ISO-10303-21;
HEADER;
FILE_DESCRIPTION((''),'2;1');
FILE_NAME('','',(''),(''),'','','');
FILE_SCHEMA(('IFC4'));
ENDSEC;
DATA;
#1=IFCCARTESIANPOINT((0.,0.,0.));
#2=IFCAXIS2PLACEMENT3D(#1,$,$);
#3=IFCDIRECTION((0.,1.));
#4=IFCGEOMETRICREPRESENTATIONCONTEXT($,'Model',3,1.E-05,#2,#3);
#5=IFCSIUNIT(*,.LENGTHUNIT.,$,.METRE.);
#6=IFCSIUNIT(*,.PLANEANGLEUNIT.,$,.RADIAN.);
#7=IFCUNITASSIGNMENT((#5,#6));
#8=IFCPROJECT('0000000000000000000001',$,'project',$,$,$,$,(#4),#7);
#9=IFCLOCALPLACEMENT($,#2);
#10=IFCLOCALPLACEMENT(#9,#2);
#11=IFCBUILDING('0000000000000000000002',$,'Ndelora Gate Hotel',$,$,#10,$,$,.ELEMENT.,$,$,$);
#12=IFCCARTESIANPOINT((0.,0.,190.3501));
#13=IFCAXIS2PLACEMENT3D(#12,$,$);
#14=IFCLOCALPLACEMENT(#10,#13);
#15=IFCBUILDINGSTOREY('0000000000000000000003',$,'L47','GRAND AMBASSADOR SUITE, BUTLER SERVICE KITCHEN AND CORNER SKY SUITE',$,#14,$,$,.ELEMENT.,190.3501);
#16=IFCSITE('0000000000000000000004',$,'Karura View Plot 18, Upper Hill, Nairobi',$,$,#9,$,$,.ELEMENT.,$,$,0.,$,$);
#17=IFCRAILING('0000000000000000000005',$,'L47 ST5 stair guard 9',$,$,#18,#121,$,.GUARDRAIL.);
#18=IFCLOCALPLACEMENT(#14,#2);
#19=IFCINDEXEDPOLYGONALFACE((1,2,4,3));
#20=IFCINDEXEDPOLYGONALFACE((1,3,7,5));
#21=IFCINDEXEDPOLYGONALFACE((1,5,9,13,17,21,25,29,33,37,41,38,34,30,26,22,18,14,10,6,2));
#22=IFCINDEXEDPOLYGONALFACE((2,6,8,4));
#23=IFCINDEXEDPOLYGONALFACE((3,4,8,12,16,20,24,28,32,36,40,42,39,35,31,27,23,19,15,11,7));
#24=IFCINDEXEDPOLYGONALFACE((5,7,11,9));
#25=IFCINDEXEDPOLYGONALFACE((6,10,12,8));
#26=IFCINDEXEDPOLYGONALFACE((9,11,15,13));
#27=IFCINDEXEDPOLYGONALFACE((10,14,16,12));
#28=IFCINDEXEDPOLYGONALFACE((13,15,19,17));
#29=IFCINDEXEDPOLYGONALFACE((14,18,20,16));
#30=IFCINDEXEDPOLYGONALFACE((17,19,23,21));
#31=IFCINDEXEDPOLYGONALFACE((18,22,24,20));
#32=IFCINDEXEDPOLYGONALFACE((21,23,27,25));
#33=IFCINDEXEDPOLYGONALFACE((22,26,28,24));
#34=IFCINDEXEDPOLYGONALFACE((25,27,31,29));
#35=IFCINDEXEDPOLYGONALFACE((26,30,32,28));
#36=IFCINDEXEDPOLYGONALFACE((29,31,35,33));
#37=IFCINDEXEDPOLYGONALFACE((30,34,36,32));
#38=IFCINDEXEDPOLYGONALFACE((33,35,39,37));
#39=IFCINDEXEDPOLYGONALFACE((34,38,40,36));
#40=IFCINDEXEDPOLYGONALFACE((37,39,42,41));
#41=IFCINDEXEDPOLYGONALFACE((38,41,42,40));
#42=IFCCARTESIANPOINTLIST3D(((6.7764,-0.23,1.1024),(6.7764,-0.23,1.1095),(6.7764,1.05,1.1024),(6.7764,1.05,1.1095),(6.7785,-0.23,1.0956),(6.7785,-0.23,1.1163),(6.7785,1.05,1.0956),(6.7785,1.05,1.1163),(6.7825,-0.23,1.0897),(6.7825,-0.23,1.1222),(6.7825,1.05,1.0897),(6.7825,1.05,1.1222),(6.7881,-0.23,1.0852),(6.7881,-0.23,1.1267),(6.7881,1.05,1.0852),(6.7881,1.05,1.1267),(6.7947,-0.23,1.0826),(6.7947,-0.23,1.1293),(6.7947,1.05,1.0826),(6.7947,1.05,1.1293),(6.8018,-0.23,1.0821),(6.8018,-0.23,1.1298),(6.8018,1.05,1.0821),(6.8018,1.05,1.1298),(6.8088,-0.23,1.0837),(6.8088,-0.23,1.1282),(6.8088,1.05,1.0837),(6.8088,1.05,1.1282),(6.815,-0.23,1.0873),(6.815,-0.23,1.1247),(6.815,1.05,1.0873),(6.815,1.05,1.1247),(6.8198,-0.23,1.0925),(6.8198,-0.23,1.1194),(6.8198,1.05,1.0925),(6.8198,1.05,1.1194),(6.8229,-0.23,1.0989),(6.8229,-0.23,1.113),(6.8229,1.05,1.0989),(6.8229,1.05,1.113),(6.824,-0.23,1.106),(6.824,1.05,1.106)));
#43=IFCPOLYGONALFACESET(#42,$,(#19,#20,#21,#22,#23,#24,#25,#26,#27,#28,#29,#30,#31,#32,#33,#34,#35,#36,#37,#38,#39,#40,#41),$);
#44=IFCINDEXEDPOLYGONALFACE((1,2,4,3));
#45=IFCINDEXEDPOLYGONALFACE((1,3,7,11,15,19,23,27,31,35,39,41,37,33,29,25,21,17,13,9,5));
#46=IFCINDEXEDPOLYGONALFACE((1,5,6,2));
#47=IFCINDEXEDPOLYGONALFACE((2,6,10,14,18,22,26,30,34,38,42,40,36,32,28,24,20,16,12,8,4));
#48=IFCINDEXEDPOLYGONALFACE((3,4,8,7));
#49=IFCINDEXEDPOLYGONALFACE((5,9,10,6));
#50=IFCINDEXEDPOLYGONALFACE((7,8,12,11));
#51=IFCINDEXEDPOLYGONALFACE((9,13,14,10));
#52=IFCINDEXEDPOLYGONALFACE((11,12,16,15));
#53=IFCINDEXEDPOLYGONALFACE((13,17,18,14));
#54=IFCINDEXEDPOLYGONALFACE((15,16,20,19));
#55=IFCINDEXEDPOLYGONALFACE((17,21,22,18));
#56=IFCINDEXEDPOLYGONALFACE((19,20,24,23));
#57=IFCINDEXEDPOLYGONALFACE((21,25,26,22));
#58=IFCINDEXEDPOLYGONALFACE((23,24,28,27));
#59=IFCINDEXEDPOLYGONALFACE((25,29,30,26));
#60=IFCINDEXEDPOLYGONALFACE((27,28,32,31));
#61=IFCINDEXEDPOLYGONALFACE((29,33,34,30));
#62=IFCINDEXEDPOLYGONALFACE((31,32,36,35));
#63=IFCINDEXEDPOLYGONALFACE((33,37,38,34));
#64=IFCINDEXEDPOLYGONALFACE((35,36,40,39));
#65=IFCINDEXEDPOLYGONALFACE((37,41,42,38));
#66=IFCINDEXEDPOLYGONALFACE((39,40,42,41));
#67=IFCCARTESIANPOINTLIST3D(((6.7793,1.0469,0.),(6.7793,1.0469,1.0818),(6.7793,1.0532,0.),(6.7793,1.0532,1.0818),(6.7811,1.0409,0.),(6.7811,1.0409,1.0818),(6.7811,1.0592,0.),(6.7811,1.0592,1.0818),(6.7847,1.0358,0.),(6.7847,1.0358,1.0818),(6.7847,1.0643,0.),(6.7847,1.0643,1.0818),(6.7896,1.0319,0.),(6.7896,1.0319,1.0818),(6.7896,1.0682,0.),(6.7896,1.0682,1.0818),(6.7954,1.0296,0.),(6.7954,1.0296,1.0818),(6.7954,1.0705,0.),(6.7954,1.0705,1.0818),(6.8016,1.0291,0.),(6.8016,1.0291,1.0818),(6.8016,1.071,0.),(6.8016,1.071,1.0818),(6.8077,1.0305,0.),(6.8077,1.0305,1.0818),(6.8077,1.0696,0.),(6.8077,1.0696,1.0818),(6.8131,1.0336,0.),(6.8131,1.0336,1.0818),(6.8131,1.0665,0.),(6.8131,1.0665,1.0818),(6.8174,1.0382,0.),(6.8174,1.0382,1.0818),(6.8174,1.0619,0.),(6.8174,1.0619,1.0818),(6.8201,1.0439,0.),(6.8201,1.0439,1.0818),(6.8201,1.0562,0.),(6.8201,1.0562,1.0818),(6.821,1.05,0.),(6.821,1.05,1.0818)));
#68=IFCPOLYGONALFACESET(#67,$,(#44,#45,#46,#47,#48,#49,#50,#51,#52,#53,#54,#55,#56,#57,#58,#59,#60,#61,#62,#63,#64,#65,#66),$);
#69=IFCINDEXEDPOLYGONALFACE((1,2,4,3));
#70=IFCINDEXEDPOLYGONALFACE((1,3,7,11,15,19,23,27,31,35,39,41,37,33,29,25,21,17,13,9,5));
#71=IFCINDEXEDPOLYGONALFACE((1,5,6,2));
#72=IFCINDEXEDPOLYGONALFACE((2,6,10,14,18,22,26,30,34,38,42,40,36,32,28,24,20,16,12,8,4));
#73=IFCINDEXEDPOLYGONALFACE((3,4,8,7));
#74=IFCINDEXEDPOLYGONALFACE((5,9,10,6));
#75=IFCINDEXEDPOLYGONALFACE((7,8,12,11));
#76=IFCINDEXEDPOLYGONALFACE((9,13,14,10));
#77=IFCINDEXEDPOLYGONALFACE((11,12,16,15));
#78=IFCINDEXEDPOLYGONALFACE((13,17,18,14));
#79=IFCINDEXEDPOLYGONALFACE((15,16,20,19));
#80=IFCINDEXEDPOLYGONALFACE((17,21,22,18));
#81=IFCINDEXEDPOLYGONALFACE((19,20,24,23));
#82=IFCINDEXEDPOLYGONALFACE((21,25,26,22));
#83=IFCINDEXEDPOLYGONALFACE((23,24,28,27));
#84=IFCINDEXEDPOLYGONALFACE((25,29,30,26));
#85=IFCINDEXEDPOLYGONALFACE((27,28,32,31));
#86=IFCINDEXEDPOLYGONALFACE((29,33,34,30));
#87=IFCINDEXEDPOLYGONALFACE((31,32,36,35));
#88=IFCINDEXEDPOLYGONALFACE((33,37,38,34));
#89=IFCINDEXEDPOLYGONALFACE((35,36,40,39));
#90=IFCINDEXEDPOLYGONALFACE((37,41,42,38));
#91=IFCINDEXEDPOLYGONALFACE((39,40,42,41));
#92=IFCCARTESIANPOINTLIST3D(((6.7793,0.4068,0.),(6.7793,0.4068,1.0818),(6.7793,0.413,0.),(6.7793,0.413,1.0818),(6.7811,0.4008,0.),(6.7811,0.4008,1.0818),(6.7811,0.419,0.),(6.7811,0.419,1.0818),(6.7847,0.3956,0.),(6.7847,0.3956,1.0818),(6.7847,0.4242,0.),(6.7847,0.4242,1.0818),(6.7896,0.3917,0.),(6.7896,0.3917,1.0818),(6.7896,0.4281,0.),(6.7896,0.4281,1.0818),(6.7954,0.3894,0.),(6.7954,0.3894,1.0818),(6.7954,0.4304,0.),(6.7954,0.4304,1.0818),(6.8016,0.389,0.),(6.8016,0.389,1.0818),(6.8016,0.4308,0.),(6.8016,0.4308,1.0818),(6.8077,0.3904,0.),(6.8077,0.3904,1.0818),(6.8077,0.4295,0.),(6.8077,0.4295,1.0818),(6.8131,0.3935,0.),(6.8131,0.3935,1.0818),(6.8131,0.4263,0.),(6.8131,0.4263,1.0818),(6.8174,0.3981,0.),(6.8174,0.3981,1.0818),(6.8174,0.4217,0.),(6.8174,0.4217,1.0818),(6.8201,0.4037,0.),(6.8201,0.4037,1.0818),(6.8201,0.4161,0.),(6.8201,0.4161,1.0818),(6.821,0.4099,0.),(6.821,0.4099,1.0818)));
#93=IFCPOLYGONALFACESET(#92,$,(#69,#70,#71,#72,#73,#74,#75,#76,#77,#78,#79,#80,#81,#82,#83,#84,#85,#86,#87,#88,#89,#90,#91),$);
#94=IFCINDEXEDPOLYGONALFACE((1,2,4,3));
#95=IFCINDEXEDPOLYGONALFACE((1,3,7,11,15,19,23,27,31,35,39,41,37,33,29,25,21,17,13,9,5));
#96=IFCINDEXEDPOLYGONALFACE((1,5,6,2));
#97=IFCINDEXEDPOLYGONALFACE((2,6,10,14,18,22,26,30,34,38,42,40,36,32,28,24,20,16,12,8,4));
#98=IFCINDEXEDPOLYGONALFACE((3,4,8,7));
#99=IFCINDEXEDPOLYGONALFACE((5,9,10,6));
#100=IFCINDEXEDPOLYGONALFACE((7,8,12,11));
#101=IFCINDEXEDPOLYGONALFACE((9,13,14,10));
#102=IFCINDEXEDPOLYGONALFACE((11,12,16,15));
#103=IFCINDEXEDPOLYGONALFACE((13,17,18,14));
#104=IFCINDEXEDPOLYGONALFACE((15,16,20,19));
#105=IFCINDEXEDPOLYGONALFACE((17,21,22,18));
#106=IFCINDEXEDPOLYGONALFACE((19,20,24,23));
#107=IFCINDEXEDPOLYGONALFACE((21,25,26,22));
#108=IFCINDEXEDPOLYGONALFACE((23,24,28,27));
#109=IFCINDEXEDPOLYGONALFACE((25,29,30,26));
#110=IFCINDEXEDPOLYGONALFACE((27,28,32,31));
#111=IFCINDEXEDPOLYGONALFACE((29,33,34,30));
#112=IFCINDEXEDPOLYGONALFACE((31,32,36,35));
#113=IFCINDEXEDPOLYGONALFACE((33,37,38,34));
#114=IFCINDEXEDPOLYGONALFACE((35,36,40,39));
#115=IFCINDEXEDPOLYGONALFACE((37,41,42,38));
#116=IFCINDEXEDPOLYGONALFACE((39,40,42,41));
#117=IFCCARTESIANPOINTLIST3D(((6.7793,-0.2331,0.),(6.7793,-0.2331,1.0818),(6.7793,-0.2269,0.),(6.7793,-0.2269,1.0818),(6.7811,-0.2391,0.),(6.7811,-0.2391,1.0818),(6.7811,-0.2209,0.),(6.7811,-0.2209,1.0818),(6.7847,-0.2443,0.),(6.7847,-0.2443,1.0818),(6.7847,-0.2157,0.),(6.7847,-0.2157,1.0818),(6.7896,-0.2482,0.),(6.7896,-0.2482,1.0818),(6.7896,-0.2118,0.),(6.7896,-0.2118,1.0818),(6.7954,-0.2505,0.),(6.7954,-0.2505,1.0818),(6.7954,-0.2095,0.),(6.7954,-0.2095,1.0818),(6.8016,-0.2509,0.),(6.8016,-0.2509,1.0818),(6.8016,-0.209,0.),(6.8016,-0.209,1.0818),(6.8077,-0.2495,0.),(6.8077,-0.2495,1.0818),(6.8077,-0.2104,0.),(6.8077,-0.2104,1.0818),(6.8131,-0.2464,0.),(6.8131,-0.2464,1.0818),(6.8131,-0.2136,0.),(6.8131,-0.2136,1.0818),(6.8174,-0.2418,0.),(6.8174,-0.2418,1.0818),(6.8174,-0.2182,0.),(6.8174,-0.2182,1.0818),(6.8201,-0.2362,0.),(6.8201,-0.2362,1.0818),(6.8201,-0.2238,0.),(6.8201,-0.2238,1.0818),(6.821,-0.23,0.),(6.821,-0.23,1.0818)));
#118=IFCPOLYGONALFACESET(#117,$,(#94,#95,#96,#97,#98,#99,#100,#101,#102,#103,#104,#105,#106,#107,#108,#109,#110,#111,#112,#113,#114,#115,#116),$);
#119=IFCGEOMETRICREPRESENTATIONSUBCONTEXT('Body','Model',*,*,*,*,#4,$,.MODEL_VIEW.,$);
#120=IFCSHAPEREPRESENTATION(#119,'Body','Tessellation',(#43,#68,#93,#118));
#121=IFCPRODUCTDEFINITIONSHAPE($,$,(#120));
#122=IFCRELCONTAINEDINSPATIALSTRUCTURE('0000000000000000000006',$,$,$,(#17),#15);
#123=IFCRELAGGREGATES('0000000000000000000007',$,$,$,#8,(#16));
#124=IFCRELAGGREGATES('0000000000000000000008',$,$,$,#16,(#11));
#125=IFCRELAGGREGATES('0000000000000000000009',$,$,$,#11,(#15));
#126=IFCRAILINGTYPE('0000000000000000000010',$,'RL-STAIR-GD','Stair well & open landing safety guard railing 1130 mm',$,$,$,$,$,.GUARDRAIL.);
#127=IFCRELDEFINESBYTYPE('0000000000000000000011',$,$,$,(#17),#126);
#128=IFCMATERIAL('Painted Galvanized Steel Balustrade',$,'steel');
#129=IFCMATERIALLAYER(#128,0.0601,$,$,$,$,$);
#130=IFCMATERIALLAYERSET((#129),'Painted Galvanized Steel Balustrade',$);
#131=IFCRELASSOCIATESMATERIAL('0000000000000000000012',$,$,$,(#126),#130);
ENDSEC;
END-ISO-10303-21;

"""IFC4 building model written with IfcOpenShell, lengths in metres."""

from ifc_helpers import new_model, si_unit, direction, frame, origin, origin_2d, place, context, subcontext, project, spatial, circle, extrude, material, layer, layer_set, type_object, element, save


model = new_model("IFC4")

# Units and contexts
model_context = context("Model", 3, precision=1e-05, world=origin(), true_north=direction((0.0, 1.0)))
body_context = subcontext(model_context, "Body", "Model", "MODEL_VIEW")
ifc_project = project(units=[si_unit("LENGTHUNIT", "METRE"), si_unit("PLANEANGLEUNIT", "RADIAN")], contexts=[model_context])

# Site, building, storey
site_placement = place(None, origin())
site = spatial("IfcSite", under=ifc_project, at=site_placement, Name="Karura View Plot 18, Upper Hill, Nairobi", CompositionType="ELEMENT", RefElevation=0.0)
building_placement = place(site_placement, origin())
building = spatial("IfcBuilding", under=site, at=building_placement, Name="Ndelora Gate Hotel", CompositionType="ELEMENT")
storey_placement = place(building_placement, frame((0.0, 0.0, 190.3501)))
storey = spatial("IfcBuildingStorey", under=building, at=storey_placement, Name="L47", Description="GRAND AMBASSADOR SUITE, BUTLER SERVICE KITCHEN AND CORNER SKY SUITE", CompositionType="ELEMENT", Elevation=190.3501)

# Railing
ifc_material_1 = material(Name="Painted Galvanized Steel Balustrade", Category="steel")
ifc_layer_1 = layer(ifc_material_1, 0.0601)
ifc_layer_set_1 = layer_set([ifc_layer_1], Name="Painted Galvanized Steel Balustrade")
railing_type = type_object("IfcRailingType", Name="RL-STAIR-GD", Description="Stair well & open landing safety guard railing 1130 mm", PredefinedType="GUARDRAIL", material=ifc_layer_set_1)
for number, where, name in (
    (1, (6.8, 1.05, 0.0), "L47 ST5 stair guard 9"),
):
    element("IfcRailing", number, at=place(storey_placement, frame(where)), inside=storey, type_object=railing_type, Name=name, PredefinedType="GUARDRAIL", context=body_context, shape_type="SweptSolid", body=[
        extrude(circle(Radius=0.0239, at=origin_2d()), frame((0.0, 0.0, 1.106), z_axis=(0.0, -1.0, 0.0), x_axis=(1.0, 0.0, 0.0)), (0.0, 0.0, 1.0), 1.28),
        extrude(circle(Radius=0.021, at=origin_2d()), origin(), (0.0, 0.0, 1.0), 1.0818),
        extrude(circle(Radius=0.021, at=origin_2d()), frame((0.0, -0.6401, 0.0)), (0.0, 0.0, 1.0), 1.0818),
        extrude(circle(Radius=0.021, at=origin_2d()), frame((0.0, -1.28, 0.0)), (0.0, 0.0, 1.0), 1.0818),
    ])

save(model, "model.ifc")
